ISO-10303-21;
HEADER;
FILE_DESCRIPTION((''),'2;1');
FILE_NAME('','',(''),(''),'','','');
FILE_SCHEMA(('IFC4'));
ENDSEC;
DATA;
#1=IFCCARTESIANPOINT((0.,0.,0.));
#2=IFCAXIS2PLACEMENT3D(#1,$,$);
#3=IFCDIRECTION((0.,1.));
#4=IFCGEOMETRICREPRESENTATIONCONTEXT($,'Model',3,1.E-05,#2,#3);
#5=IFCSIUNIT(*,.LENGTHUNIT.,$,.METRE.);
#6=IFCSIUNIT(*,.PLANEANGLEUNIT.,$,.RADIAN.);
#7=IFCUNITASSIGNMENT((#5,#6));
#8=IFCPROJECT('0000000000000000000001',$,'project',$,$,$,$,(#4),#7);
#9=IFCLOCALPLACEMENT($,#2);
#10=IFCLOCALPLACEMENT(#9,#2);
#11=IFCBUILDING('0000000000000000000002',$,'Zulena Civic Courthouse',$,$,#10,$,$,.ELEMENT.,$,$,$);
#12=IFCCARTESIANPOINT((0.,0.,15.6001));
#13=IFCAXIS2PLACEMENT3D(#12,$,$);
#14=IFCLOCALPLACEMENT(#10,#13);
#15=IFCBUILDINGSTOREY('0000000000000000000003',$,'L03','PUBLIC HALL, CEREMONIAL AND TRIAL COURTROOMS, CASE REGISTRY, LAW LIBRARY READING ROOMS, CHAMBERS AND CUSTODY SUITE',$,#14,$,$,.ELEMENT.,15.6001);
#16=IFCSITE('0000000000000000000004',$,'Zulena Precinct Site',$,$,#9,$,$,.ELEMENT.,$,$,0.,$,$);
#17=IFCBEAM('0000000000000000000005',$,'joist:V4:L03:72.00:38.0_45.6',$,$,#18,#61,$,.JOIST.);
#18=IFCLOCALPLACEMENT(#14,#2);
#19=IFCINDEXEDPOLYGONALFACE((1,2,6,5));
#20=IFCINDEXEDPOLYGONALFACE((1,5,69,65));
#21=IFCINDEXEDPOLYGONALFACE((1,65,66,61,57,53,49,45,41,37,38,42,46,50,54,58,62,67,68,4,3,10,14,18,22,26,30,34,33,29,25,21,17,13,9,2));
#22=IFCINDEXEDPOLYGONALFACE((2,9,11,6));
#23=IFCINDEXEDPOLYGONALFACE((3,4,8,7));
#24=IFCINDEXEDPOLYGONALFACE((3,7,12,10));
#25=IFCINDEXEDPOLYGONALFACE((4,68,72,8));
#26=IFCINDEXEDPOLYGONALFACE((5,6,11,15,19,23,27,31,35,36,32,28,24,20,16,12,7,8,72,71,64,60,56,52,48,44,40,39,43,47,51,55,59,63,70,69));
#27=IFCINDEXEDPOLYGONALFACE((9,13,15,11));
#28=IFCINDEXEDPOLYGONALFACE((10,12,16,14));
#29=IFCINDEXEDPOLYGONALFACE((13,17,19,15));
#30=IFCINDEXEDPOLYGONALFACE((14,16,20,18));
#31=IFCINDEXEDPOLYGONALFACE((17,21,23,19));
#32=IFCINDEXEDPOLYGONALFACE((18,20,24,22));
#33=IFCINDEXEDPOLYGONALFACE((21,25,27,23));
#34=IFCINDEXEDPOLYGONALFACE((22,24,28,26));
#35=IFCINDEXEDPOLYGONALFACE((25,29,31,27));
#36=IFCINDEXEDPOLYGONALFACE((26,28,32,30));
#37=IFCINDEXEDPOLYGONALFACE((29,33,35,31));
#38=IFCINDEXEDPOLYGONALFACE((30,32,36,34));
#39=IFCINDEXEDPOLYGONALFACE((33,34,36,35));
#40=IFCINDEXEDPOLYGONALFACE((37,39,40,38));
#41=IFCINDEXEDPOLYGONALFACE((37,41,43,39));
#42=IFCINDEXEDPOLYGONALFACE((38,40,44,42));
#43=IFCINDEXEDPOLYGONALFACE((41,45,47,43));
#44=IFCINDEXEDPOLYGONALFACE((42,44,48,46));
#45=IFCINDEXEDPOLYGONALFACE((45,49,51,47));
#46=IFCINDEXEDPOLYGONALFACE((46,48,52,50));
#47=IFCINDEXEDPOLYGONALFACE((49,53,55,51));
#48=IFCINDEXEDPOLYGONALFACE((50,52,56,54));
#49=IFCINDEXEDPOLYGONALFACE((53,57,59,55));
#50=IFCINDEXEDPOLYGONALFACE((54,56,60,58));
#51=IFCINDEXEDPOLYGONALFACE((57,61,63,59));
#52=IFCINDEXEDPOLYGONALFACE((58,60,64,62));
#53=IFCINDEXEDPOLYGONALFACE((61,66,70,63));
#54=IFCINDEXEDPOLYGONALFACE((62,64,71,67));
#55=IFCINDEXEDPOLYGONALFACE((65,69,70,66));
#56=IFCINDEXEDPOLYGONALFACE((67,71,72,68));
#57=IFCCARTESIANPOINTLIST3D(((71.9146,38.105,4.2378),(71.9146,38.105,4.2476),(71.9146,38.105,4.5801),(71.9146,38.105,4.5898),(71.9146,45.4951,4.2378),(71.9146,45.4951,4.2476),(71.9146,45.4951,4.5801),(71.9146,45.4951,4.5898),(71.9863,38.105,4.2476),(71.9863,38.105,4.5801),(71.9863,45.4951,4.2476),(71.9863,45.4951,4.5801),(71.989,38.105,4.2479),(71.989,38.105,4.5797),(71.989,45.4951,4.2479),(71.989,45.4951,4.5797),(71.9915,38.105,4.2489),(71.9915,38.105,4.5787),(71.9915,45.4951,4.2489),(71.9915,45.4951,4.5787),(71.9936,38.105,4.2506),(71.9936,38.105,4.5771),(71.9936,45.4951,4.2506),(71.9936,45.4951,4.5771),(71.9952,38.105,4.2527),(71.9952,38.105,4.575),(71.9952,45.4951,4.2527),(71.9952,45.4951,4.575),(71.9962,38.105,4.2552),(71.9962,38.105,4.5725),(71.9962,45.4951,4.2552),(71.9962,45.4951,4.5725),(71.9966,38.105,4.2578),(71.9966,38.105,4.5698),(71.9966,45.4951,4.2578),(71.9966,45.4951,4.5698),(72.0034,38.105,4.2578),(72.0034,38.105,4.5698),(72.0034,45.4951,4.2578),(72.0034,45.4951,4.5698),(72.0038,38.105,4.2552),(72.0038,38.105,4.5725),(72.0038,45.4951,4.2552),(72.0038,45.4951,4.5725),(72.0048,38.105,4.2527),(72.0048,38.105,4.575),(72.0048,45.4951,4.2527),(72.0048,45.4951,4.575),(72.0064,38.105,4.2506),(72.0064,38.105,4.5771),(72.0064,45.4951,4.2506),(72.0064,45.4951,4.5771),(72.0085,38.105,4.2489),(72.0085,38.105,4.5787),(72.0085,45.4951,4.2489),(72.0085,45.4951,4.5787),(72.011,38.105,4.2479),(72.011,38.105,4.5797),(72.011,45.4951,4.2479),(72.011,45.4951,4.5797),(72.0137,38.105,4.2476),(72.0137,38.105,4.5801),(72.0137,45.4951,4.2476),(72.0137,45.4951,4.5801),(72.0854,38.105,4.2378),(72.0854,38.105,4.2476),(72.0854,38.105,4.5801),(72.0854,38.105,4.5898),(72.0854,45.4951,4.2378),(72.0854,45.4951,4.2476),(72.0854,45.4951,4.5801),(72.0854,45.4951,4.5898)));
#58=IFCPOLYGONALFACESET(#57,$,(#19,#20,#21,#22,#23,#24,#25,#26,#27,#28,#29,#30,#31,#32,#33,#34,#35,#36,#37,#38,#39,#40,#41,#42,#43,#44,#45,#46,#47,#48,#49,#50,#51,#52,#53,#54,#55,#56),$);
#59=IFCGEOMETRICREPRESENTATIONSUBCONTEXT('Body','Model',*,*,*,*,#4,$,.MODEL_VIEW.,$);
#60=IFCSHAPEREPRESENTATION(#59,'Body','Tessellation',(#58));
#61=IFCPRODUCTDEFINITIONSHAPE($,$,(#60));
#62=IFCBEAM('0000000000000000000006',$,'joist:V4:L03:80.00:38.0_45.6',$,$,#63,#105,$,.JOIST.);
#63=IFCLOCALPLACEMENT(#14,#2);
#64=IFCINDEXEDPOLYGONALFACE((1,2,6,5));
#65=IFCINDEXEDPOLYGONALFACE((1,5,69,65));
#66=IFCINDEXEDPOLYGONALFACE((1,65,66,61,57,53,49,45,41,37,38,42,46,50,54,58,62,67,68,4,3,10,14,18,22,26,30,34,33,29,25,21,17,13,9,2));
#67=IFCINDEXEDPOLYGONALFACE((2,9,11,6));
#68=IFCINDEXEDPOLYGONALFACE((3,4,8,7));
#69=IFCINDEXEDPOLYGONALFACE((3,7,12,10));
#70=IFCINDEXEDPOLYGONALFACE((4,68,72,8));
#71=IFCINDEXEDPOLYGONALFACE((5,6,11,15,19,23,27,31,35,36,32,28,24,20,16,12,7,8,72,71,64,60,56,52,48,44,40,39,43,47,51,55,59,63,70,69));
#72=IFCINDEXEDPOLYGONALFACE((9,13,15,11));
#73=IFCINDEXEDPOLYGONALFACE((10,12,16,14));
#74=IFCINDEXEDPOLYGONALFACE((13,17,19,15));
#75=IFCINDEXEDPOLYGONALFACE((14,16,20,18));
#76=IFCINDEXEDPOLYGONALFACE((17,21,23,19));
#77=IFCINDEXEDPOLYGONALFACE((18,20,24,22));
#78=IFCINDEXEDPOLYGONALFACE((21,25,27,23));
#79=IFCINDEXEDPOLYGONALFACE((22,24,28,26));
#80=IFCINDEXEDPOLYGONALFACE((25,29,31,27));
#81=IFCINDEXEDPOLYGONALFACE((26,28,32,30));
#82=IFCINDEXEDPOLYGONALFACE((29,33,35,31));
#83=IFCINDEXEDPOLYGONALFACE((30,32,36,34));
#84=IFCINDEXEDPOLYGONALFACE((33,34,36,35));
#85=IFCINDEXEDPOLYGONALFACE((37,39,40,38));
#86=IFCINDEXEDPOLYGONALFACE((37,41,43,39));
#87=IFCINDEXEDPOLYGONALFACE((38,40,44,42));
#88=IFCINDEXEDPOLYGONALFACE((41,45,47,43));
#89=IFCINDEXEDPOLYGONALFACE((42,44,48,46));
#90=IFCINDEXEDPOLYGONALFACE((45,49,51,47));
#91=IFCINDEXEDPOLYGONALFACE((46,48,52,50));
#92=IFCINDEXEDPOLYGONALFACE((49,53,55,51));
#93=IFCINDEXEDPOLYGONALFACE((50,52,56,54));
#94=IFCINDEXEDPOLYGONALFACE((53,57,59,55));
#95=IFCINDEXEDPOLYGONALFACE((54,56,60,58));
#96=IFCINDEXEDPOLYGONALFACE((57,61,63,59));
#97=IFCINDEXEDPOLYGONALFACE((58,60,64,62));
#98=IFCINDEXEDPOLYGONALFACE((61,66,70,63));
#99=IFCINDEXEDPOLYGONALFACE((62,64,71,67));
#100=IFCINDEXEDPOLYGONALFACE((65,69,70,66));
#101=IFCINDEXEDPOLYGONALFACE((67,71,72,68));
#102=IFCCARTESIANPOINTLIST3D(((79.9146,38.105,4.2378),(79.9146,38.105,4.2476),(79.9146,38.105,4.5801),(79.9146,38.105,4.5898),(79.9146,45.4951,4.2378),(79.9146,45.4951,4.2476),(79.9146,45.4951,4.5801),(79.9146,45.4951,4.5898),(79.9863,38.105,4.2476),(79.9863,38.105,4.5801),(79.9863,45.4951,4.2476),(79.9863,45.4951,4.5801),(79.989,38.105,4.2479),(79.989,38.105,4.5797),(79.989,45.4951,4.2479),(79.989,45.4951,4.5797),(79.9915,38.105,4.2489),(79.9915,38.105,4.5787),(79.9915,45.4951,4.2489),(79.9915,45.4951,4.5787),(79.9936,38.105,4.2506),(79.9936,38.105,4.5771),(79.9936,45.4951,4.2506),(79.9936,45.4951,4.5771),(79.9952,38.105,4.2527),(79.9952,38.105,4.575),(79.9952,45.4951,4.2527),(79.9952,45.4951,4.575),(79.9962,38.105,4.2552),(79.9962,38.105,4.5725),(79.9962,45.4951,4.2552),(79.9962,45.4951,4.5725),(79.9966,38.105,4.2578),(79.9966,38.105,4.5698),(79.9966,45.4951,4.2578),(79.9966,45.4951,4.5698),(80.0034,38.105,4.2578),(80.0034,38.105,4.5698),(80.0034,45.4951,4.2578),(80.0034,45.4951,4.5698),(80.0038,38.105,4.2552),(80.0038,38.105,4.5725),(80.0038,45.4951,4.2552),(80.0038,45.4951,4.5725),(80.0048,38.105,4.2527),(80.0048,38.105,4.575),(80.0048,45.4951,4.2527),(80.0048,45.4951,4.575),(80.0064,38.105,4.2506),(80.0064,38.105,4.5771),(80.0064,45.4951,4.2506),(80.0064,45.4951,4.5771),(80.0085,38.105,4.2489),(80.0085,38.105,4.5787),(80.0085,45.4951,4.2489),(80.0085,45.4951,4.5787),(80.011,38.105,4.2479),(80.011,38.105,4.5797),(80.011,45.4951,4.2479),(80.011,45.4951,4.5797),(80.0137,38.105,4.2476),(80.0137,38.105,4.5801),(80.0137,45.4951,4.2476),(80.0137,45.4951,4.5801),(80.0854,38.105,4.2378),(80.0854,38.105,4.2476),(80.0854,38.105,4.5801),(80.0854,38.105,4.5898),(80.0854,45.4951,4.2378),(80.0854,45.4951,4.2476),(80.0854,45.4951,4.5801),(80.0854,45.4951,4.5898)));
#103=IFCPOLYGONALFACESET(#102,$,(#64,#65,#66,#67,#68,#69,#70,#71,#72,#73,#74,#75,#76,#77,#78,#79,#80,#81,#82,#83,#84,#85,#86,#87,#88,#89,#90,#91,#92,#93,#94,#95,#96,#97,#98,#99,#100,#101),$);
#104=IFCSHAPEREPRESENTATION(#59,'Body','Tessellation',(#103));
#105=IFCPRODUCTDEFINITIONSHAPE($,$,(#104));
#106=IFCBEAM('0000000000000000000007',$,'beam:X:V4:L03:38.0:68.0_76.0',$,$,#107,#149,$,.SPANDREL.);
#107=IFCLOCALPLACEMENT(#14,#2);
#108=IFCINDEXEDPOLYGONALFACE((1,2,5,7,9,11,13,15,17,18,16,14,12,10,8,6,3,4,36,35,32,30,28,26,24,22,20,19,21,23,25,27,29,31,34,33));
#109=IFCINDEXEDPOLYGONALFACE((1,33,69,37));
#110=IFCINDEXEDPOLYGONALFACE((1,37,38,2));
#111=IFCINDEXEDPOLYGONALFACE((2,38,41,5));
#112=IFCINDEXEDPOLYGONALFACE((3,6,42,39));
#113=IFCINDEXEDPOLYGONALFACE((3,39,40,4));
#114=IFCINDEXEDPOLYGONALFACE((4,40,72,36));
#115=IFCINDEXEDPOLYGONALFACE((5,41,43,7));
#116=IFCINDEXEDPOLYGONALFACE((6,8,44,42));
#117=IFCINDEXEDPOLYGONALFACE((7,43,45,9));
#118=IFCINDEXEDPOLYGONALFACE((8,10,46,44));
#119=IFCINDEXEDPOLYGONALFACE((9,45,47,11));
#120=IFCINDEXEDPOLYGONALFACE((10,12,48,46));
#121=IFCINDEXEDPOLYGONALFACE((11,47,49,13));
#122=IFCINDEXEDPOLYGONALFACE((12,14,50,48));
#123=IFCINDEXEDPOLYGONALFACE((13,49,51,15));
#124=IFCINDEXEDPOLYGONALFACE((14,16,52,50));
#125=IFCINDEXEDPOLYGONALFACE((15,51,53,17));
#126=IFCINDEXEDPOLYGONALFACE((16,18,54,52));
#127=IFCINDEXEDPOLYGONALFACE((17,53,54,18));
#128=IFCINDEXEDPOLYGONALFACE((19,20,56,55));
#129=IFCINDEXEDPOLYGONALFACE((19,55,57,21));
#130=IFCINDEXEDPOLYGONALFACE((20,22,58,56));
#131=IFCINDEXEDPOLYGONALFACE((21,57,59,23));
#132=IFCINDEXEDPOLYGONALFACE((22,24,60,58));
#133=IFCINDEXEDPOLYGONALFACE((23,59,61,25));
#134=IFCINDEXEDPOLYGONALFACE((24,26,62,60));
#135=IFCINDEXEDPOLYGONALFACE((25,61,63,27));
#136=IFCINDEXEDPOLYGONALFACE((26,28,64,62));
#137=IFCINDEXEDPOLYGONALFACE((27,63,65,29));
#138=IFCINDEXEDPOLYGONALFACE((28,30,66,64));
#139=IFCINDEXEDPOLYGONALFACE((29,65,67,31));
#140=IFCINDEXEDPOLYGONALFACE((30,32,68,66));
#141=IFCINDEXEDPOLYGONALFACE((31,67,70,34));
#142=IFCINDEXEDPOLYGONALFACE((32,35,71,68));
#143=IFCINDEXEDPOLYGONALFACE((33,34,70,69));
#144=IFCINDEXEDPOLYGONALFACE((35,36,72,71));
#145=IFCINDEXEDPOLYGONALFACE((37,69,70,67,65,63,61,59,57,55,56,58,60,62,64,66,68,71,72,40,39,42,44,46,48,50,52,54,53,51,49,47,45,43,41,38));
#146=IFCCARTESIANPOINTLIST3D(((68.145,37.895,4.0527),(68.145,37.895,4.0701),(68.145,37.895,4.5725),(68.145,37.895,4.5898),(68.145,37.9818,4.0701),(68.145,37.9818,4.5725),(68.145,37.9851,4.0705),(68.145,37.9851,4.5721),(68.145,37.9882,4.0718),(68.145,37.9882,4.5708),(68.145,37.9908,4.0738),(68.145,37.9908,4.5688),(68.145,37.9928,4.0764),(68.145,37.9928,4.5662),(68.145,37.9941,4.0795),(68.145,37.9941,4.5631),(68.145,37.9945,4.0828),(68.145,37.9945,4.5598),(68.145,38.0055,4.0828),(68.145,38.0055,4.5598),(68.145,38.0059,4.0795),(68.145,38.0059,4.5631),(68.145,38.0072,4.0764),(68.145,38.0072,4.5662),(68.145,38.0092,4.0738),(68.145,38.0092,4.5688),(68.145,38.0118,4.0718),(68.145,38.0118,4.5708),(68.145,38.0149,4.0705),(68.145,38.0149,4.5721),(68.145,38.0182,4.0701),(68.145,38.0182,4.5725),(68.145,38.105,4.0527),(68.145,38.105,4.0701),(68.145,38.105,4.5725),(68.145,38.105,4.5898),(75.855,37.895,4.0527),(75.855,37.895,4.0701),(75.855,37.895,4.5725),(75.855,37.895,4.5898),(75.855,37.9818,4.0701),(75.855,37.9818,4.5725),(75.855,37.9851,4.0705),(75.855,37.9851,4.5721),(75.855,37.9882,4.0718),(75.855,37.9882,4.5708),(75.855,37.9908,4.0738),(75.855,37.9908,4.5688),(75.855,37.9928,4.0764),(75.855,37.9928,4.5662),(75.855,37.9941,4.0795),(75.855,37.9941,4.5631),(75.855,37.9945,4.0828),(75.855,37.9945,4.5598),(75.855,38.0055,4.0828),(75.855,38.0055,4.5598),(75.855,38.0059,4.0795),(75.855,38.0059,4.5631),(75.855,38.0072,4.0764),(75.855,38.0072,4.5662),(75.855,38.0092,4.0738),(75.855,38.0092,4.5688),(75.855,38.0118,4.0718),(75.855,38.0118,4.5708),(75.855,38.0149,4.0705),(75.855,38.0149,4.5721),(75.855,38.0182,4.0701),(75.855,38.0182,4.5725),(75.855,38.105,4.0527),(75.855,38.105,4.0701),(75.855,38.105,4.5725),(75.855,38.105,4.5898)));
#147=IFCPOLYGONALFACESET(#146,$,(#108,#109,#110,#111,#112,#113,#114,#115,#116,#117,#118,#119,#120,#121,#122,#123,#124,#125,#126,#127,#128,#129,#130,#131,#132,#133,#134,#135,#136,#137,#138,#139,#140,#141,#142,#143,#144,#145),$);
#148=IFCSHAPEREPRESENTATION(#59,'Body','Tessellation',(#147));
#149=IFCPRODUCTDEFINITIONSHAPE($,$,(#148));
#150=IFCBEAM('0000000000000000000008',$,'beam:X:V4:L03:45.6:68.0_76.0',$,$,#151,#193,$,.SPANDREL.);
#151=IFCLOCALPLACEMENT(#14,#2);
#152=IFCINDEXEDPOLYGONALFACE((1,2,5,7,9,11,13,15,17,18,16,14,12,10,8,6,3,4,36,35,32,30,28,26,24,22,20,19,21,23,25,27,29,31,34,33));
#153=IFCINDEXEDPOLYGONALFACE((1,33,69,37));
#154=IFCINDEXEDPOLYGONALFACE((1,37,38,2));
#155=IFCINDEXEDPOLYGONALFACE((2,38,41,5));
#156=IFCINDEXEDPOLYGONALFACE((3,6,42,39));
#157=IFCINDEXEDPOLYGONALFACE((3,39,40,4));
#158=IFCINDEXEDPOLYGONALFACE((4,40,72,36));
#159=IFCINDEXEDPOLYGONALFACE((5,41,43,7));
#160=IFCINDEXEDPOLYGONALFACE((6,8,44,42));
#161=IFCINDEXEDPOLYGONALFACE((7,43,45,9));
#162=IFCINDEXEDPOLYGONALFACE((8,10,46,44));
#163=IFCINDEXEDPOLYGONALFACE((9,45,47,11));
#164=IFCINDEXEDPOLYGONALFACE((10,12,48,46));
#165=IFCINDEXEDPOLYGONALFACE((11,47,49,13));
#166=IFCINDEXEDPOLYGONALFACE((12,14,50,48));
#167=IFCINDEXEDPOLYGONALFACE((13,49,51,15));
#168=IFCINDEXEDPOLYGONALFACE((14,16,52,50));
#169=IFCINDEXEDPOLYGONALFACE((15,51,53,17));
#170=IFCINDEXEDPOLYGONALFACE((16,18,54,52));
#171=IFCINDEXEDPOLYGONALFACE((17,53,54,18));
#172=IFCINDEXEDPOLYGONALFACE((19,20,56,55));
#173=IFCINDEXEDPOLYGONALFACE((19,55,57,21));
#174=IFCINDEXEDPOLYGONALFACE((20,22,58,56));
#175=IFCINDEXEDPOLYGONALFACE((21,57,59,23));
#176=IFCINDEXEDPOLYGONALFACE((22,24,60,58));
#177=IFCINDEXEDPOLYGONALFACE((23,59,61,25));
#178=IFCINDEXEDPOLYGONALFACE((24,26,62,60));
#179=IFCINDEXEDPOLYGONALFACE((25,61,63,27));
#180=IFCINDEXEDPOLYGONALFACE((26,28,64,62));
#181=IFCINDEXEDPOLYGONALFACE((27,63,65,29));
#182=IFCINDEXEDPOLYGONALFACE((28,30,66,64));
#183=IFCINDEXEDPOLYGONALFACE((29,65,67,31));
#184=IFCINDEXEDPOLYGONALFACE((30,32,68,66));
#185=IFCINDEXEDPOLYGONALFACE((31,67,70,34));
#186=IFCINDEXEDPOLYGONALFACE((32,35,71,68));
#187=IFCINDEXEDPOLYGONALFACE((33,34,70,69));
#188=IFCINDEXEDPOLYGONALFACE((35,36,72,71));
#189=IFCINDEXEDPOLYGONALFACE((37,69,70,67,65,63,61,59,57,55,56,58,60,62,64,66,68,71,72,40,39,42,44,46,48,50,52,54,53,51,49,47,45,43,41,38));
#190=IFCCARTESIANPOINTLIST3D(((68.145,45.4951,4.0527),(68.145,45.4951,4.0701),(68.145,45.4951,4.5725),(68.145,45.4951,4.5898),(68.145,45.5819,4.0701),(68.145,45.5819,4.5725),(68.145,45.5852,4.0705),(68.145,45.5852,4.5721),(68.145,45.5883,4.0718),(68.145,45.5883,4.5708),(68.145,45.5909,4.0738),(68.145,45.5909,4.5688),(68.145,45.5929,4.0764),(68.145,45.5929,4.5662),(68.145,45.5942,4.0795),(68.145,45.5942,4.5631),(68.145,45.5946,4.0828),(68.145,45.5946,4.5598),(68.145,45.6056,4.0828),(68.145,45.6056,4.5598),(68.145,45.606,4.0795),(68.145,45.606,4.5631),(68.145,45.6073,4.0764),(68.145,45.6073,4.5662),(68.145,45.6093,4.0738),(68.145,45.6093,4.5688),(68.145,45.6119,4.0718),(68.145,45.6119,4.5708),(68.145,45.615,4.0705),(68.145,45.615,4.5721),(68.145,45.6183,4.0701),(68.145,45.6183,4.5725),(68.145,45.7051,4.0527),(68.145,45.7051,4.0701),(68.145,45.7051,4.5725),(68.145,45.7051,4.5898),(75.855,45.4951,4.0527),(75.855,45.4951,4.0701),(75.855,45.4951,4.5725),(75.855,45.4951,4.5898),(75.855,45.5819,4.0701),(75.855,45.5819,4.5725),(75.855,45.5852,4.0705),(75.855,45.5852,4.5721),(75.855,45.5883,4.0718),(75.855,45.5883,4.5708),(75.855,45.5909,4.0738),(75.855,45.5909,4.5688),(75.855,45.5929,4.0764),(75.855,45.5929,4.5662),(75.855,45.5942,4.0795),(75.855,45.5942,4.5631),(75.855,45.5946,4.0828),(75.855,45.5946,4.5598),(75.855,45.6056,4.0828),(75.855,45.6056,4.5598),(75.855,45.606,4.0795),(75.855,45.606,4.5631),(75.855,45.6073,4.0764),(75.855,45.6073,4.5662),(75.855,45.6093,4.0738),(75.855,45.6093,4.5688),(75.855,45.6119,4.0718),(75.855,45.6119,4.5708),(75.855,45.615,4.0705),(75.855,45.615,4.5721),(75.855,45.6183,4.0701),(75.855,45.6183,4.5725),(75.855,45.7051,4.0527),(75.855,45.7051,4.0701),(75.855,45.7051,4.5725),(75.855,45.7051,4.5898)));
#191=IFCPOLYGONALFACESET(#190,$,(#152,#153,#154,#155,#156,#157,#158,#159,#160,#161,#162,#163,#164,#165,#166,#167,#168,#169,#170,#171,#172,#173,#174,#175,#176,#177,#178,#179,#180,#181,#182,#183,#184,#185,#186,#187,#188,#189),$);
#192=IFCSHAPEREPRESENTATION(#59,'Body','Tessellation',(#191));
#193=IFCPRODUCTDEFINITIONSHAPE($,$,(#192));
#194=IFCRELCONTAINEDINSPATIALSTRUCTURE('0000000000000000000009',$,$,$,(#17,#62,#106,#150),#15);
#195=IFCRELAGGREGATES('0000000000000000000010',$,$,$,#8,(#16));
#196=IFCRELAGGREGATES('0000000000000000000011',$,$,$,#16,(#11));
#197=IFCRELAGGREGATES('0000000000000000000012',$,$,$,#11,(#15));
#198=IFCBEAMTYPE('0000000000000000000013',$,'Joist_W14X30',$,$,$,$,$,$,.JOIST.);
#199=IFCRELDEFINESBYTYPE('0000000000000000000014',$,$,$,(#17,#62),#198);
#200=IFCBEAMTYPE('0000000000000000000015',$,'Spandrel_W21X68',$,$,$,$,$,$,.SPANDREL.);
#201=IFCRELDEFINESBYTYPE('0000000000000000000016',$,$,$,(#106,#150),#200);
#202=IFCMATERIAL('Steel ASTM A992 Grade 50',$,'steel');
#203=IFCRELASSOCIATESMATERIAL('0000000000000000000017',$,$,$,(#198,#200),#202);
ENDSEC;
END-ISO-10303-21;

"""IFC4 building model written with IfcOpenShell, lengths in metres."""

from ifc_helpers import new_model, si_unit, direction, frame, origin, origin_2d, place, context, subcontext, project, spatial, i_section, extrude, material, material_profile, profile_set, type_object, element, save


model = new_model("IFC4")

# Units and contexts
model_context = context("Model", 3, precision=1e-05, world=origin(), true_north=direction((0.0, 1.0)))
body_context = subcontext(model_context, "Body", "Model", "MODEL_VIEW")
ifc_project = project(units=[si_unit("LENGTHUNIT", "METRE"), si_unit("PLANEANGLEUNIT", "RADIAN")], contexts=[model_context])

# Site, building, storey
site_placement = place(None, origin())
site = spatial("IfcSite", under=ifc_project, at=site_placement, Name="Zulena Precinct Site", CompositionType="ELEMENT", RefElevation=0.0)
building_placement = place(site_placement, origin())
building = spatial("IfcBuilding", under=site, at=building_placement, Name="Zulena Civic Courthouse", CompositionType="ELEMENT")
storey_placement = place(building_placement, frame((0.0, 0.0, 15.6001)))
storey = spatial("IfcBuildingStorey", under=building, at=storey_placement, Name="L03", Description="PUBLIC HALL, CEREMONIAL AND TRIAL COURTROOMS, CASE REGISTRY, LAW LIBRARY READING ROOMS, CHAMBERS AND CUSTODY SUITE", CompositionType="ELEMENT", Elevation=15.6001)

# Shared definitions
ifc_material_1 = material(Name="Steel ASTM A992 Grade 50", Category="steel")

# Beams
ifc_material_profile_1 = material_profile(ifc_material_1, i_section(OverallWidth=0.1709, OverallDepth=0.3521, WebThickness=0.0068, FlangeThickness=0.0098, FilletRadius=0.0103, at=origin_2d()), Name="W14X30")
ifc_profile_set_1 = profile_set([ifc_material_profile_1], Name="Steel ASTM A992 Grade 50")
beam_type_1 = type_object("IfcBeamType", Name="Joist_W14X30", PredefinedType="JOIST", material=ifc_profile_set_1)
for number, where, z_axis, x_axis, name in (
    (1, (72.0, 38.105, 4.4138), (0.0, 1.0, 0.0), (-1.0, 0.0, 0.0), "joist:V4:L03:72.00:38.0_45.6"),
    (2, (80.0, 38.105, 4.4138), (0.0, 1.0, 0.0), (-1.0, 0.0, 0.0), "joist:V4:L03:80.00:38.0_45.6"),
):
    element("IfcBeam", number, at=place(storey_placement, frame(where, z_axis=z_axis, x_axis=x_axis)), inside=storey, type_object=beam_type_1, Name=name, PredefinedType="JOIST", context=body_context, shape_type="SweptSolid", body=[
        extrude(i_section(OverallWidth=0.1709, OverallDepth=0.3521, WebThickness=0.0068, FlangeThickness=0.0098, FilletRadius=0.0103, at=origin_2d()), origin(), (0.0, 0.0, 1.0), 7.3901),
    ])
ifc_material_profile_2 = material_profile(ifc_material_1, i_section(OverallWidth=0.21, OverallDepth=0.5371, WebThickness=0.011, FlangeThickness=0.0173, FilletRadius=0.0127, at=origin_2d()), Name="W21X68")
ifc_profile_set_2 = profile_set([ifc_material_profile_2], Name="Steel ASTM A992 Grade 50")
beam_type_2 = type_object("IfcBeamType", Name="Spandrel_W21X68", PredefinedType="SPANDREL", material=ifc_profile_set_2)
for number, where, z_axis, x_axis, name in (
    (3, (68.145, 38.0, 4.3213), (1.0, 0.0, 0.0), (0.0, 1.0, 0.0), "beam:X:V4:L03:38.0:68.0_76.0"),
    (4, (68.145, 45.6001, 4.3213), (1.0, 0.0, 0.0), (0.0, 1.0, 0.0), "beam:X:V4:L03:45.6:68.0_76.0"),
):
    element("IfcBeam", number, at=place(storey_placement, frame(where, z_axis=z_axis, x_axis=x_axis)), inside=storey, type_object=beam_type_2, Name=name, PredefinedType="SPANDREL", context=body_context, shape_type="SweptSolid", body=[
        extrude(i_section(OverallWidth=0.21, OverallDepth=0.5371, WebThickness=0.011, FlangeThickness=0.0173, FilletRadius=0.0127, at=origin_2d()), origin(), (0.0, 0.0, 1.0), 7.71),
    ])

save(model, "model.ifc")
